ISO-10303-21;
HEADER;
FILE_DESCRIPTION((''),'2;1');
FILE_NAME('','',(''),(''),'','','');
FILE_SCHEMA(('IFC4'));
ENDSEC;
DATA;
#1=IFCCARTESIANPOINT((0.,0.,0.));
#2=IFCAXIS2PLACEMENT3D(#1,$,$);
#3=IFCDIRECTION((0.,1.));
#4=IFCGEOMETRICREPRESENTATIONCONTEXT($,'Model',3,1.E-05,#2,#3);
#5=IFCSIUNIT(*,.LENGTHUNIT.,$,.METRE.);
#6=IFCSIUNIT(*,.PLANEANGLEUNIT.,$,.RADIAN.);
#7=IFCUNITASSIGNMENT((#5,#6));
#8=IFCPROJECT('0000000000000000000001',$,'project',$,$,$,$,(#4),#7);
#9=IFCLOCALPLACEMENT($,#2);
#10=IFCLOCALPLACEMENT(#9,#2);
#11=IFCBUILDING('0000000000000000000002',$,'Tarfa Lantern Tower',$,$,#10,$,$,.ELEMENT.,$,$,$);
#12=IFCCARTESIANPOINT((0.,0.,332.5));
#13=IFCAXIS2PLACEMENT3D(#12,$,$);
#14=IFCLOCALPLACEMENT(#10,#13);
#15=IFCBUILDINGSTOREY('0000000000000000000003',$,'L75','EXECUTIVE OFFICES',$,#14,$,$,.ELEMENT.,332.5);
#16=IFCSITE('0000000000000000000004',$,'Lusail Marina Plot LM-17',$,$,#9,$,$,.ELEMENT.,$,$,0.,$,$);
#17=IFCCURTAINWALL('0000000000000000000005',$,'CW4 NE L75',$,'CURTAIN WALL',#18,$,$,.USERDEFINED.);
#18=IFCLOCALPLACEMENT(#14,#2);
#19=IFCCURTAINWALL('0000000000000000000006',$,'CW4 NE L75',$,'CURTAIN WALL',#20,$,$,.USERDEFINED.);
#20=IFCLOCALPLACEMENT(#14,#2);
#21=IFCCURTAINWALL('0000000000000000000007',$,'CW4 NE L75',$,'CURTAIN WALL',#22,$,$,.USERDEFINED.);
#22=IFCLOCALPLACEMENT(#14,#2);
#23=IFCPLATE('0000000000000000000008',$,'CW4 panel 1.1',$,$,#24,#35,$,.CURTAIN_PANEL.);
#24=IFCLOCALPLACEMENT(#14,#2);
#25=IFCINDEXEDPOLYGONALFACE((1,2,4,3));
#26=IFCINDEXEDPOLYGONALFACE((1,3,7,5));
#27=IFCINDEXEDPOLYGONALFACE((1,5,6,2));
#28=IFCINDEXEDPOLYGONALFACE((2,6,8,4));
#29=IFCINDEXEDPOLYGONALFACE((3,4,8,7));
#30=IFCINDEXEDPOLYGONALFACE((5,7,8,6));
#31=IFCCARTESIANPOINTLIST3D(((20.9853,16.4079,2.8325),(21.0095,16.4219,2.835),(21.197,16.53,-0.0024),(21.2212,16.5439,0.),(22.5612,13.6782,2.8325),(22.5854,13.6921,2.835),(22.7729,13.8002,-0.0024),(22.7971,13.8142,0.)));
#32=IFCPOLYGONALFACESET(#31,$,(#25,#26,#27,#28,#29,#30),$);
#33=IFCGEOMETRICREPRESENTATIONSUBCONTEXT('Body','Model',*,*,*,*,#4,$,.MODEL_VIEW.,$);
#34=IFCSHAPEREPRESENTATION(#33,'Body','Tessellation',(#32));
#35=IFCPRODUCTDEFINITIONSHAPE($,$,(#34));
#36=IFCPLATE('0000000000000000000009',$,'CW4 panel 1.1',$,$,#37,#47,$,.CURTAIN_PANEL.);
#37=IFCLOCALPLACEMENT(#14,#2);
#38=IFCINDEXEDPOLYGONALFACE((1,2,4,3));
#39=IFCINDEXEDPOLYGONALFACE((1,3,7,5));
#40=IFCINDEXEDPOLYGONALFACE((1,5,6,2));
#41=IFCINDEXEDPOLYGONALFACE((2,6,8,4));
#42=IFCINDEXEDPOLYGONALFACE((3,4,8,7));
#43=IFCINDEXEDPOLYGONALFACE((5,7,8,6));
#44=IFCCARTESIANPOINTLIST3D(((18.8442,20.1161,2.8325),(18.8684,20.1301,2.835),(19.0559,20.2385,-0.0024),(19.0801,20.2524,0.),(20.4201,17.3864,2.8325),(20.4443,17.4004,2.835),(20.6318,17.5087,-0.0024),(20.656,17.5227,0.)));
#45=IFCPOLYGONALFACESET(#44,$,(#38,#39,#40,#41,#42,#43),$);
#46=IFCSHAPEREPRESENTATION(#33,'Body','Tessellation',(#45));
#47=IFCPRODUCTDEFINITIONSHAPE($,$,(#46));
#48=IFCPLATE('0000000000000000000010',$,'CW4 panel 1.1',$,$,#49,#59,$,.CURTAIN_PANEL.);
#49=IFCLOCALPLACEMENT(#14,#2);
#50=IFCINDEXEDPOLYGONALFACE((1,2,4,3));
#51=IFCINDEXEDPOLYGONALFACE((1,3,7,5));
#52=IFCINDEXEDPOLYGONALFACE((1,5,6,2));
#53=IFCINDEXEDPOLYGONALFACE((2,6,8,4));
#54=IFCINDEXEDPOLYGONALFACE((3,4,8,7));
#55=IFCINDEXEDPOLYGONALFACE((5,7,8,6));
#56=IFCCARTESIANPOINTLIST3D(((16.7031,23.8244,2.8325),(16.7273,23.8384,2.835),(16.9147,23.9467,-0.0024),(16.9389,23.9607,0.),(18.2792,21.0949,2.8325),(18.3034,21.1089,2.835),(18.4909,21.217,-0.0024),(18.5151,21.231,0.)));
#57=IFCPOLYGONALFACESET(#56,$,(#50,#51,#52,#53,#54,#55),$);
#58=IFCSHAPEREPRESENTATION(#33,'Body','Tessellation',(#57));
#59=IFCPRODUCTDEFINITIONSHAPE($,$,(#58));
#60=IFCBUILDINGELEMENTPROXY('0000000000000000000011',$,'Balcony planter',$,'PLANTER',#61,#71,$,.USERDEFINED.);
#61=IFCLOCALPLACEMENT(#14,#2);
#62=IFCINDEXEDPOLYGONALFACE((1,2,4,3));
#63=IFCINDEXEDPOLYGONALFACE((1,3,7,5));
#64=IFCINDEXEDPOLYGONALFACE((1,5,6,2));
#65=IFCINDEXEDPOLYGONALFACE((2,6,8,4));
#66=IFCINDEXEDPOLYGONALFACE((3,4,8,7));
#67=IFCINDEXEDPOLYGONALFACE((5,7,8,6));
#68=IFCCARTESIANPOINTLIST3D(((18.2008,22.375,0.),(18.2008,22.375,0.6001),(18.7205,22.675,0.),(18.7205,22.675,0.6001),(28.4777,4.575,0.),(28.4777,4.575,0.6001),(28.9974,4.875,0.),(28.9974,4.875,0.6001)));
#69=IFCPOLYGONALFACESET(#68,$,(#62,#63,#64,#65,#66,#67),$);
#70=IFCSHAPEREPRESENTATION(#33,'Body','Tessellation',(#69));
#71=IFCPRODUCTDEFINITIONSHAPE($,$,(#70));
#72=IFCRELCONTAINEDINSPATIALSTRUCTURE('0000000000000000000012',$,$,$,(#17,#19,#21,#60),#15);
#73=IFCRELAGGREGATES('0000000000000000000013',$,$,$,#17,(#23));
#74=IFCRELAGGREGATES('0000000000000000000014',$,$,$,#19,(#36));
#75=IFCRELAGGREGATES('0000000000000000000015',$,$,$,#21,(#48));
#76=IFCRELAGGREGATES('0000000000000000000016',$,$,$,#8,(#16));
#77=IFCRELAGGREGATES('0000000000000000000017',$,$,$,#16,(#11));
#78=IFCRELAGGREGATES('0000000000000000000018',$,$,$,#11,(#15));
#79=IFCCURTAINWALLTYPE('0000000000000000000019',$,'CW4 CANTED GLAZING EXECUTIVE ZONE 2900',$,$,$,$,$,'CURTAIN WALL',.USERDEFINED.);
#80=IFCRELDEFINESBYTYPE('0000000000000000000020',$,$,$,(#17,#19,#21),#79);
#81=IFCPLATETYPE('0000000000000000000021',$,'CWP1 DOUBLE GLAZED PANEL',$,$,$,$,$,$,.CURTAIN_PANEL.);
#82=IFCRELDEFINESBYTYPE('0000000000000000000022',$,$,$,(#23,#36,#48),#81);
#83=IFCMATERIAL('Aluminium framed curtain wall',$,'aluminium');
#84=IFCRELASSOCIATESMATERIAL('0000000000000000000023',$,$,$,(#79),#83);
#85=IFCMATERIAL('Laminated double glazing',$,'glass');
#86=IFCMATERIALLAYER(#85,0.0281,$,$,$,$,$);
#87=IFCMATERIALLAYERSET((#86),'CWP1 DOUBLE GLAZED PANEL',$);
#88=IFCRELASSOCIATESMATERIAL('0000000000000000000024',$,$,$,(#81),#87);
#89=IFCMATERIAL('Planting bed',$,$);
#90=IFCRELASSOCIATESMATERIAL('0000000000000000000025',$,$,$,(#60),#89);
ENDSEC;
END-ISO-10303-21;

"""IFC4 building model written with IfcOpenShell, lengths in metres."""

from ifc_helpers import new_model, si_unit, direction, frame, origin, origin_2d, place, context, subcontext, project, spatial, polyline, rectangle, outline, extrude, material, layer, layer_set, type_object, element, aggregate, save


model = new_model("IFC4")

# Units and contexts
model_context = context("Model", 3, precision=1e-05, world=origin(), true_north=direction((0.0, 1.0)))
body_context = subcontext(model_context, "Body", "Model", "MODEL_VIEW")
ifc_project = project(units=[si_unit("LENGTHUNIT", "METRE"), si_unit("PLANEANGLEUNIT", "RADIAN")], contexts=[model_context])

# Site, building, storey
site_placement = place(None, origin())
site = spatial("IfcSite", under=ifc_project, at=site_placement, Name="Lusail Marina Plot LM-17", CompositionType="ELEMENT", RefElevation=0.0)
building_placement = place(site_placement, origin())
building = spatial("IfcBuilding", under=site, at=building_placement, Name="Tarfa Lantern Tower", CompositionType="ELEMENT")
storey_placement = place(building_placement, frame((0.0, 0.0, 332.5)))
storey = spatial("IfcBuildingStorey", under=building, at=storey_placement, Name="L75", Description="EXECUTIVE OFFICES", CompositionType="ELEMENT", Elevation=332.5)

# Shared definitions
ifc_material_1 = material(Name="Aluminium framed curtain wall", Category="aluminium")
curtain_wall_type = type_object("IfcCurtainWallType", Name="CW4 CANTED GLAZING EXECUTIVE ZONE 2900", ElementType="CURTAIN WALL", PredefinedType="USERDEFINED", material=ifc_material_1)

# Curtain walls
curtain_wall_1_placement = place(storey_placement, origin())
curtain_wall_1 = element("IfcCurtainWall", 1, at=curtain_wall_1_placement, inside=storey, type_object=curtain_wall_type, Name="CW4 NE L75", ObjectType="CURTAIN WALL", PredefinedType="USERDEFINED")
curtain_wall_2_placement = place(storey_placement, origin())
curtain_wall_2 = element("IfcCurtainWall", 2, at=curtain_wall_2_placement, inside=storey, type_object=curtain_wall_type, Name="CW4 NE L75", ObjectType="CURTAIN WALL", PredefinedType="USERDEFINED")

# Curtain wall
curtain_wall_3_placement = place(storey_placement, origin())
curtain_wall_3 = element("IfcCurtainWall", 3, at=curtain_wall_3_placement, inside=storey, type_object=curtain_wall_type, Name="CW4 NE L75", ObjectType="CURTAIN WALL", PredefinedType="USERDEFINED")

# Plates
ifc_material_2 = material(Name="Laminated double glazing", Category="glass")
ifc_layer = layer(ifc_material_2, 0.0281)
ifc_layer_set = layer_set([ifc_layer], Name="CWP1 DOUBLE GLAZED PANEL")
plate_type = type_object("IfcPlateType", Name="CWP1 DOUBLE GLAZED PANEL", PredefinedType="CURTAIN_PANEL", material=ifc_layer_set)
plate_1_placement = place(storey_placement, frame((22.7971, 13.8142, 0.0), z_axis=(0.862838, 0.498133, 0.085872), x_axis=(-0.499979, 0.866037, 0.0)))
plate_1 = element("IfcPlate", 4, at=plate_1_placement, type_object=plate_type, Name="CW4 panel 1.1", PredefinedType="CURTAIN_PANEL", context=body_context, shape_type="SweptSolid", body=[
    extrude(outline(polyline([(0.0, 0.0), (3.152, 0.0), (3.1521, 2.8455), (0.0001, 2.8455), (0.0, 0.0)])), origin(), (0.0, 0.0, -1.0), 0.0281),
])
aggregate(curtain_wall_1, [plate_1])
plate_2_placement = place(storey_placement, frame((20.656, 17.5227, 0.0), z_axis=(0.862835, 0.498131, 0.085915), x_axis=(-0.499979, 0.866037, 0.0)))
plate_2 = element("IfcPlate", 5, at=plate_2_placement, type_object=plate_type, Name="CW4 panel 1.1", PredefinedType="CURTAIN_PANEL", context=body_context, shape_type="SweptSolid", body=[
    extrude(outline(polyline([(0.0, 0.0), (3.152, 0.0), (3.1519, 2.8455), (-0.0001, 2.8455), (0.0, 0.0)])), origin(), (0.0, 0.0, -1.0), 0.0281),
])
aggregate(curtain_wall_2, [plate_2])
plate_3_placement = place(storey_placement, frame((18.5151, 21.231, 0.0), z_axis=(0.862794, 0.498206, 0.085893), x_axis=(-0.500054, 0.865994, -0.000002)))
plate_3 = element("IfcPlate", 6, at=plate_3_placement, type_object=plate_type, Name="CW4 panel 1.1", PredefinedType="CURTAIN_PANEL", context=body_context, shape_type="SweptSolid", body=[
    extrude(outline(polyline([(0.0, 0.0), (3.1521, 0.0), (3.152, 2.8455), (0.0001, 2.8455), (0.0, 0.0)])), origin(), (0.0, 0.0, -1.0), 0.0281),
])
aggregate(curtain_wall_3, [plate_3])

# Building element proxy
ifc_material_3 = material(Name="Planting bed")
proxy_placement = place(storey_placement, frame((23.5991, 13.625, 0.0), z_axis=(0.0, 0.0, 1.0), x_axis=(-0.5, 0.866025, 0.0)))
element("IfcBuildingElementProxy", 7, at=proxy_placement, inside=storey, material=ifc_material_3, Name="Balcony planter", ObjectType="PLANTER", PredefinedType="USERDEFINED", context=body_context, shape_type="SweptSolid", body=[
    extrude(rectangle(XDim=20.5537, YDim=0.6001, at=origin_2d()), origin(), (0.0, 0.0, 1.0), 0.6001),
])

save(model, "model.ifc")
